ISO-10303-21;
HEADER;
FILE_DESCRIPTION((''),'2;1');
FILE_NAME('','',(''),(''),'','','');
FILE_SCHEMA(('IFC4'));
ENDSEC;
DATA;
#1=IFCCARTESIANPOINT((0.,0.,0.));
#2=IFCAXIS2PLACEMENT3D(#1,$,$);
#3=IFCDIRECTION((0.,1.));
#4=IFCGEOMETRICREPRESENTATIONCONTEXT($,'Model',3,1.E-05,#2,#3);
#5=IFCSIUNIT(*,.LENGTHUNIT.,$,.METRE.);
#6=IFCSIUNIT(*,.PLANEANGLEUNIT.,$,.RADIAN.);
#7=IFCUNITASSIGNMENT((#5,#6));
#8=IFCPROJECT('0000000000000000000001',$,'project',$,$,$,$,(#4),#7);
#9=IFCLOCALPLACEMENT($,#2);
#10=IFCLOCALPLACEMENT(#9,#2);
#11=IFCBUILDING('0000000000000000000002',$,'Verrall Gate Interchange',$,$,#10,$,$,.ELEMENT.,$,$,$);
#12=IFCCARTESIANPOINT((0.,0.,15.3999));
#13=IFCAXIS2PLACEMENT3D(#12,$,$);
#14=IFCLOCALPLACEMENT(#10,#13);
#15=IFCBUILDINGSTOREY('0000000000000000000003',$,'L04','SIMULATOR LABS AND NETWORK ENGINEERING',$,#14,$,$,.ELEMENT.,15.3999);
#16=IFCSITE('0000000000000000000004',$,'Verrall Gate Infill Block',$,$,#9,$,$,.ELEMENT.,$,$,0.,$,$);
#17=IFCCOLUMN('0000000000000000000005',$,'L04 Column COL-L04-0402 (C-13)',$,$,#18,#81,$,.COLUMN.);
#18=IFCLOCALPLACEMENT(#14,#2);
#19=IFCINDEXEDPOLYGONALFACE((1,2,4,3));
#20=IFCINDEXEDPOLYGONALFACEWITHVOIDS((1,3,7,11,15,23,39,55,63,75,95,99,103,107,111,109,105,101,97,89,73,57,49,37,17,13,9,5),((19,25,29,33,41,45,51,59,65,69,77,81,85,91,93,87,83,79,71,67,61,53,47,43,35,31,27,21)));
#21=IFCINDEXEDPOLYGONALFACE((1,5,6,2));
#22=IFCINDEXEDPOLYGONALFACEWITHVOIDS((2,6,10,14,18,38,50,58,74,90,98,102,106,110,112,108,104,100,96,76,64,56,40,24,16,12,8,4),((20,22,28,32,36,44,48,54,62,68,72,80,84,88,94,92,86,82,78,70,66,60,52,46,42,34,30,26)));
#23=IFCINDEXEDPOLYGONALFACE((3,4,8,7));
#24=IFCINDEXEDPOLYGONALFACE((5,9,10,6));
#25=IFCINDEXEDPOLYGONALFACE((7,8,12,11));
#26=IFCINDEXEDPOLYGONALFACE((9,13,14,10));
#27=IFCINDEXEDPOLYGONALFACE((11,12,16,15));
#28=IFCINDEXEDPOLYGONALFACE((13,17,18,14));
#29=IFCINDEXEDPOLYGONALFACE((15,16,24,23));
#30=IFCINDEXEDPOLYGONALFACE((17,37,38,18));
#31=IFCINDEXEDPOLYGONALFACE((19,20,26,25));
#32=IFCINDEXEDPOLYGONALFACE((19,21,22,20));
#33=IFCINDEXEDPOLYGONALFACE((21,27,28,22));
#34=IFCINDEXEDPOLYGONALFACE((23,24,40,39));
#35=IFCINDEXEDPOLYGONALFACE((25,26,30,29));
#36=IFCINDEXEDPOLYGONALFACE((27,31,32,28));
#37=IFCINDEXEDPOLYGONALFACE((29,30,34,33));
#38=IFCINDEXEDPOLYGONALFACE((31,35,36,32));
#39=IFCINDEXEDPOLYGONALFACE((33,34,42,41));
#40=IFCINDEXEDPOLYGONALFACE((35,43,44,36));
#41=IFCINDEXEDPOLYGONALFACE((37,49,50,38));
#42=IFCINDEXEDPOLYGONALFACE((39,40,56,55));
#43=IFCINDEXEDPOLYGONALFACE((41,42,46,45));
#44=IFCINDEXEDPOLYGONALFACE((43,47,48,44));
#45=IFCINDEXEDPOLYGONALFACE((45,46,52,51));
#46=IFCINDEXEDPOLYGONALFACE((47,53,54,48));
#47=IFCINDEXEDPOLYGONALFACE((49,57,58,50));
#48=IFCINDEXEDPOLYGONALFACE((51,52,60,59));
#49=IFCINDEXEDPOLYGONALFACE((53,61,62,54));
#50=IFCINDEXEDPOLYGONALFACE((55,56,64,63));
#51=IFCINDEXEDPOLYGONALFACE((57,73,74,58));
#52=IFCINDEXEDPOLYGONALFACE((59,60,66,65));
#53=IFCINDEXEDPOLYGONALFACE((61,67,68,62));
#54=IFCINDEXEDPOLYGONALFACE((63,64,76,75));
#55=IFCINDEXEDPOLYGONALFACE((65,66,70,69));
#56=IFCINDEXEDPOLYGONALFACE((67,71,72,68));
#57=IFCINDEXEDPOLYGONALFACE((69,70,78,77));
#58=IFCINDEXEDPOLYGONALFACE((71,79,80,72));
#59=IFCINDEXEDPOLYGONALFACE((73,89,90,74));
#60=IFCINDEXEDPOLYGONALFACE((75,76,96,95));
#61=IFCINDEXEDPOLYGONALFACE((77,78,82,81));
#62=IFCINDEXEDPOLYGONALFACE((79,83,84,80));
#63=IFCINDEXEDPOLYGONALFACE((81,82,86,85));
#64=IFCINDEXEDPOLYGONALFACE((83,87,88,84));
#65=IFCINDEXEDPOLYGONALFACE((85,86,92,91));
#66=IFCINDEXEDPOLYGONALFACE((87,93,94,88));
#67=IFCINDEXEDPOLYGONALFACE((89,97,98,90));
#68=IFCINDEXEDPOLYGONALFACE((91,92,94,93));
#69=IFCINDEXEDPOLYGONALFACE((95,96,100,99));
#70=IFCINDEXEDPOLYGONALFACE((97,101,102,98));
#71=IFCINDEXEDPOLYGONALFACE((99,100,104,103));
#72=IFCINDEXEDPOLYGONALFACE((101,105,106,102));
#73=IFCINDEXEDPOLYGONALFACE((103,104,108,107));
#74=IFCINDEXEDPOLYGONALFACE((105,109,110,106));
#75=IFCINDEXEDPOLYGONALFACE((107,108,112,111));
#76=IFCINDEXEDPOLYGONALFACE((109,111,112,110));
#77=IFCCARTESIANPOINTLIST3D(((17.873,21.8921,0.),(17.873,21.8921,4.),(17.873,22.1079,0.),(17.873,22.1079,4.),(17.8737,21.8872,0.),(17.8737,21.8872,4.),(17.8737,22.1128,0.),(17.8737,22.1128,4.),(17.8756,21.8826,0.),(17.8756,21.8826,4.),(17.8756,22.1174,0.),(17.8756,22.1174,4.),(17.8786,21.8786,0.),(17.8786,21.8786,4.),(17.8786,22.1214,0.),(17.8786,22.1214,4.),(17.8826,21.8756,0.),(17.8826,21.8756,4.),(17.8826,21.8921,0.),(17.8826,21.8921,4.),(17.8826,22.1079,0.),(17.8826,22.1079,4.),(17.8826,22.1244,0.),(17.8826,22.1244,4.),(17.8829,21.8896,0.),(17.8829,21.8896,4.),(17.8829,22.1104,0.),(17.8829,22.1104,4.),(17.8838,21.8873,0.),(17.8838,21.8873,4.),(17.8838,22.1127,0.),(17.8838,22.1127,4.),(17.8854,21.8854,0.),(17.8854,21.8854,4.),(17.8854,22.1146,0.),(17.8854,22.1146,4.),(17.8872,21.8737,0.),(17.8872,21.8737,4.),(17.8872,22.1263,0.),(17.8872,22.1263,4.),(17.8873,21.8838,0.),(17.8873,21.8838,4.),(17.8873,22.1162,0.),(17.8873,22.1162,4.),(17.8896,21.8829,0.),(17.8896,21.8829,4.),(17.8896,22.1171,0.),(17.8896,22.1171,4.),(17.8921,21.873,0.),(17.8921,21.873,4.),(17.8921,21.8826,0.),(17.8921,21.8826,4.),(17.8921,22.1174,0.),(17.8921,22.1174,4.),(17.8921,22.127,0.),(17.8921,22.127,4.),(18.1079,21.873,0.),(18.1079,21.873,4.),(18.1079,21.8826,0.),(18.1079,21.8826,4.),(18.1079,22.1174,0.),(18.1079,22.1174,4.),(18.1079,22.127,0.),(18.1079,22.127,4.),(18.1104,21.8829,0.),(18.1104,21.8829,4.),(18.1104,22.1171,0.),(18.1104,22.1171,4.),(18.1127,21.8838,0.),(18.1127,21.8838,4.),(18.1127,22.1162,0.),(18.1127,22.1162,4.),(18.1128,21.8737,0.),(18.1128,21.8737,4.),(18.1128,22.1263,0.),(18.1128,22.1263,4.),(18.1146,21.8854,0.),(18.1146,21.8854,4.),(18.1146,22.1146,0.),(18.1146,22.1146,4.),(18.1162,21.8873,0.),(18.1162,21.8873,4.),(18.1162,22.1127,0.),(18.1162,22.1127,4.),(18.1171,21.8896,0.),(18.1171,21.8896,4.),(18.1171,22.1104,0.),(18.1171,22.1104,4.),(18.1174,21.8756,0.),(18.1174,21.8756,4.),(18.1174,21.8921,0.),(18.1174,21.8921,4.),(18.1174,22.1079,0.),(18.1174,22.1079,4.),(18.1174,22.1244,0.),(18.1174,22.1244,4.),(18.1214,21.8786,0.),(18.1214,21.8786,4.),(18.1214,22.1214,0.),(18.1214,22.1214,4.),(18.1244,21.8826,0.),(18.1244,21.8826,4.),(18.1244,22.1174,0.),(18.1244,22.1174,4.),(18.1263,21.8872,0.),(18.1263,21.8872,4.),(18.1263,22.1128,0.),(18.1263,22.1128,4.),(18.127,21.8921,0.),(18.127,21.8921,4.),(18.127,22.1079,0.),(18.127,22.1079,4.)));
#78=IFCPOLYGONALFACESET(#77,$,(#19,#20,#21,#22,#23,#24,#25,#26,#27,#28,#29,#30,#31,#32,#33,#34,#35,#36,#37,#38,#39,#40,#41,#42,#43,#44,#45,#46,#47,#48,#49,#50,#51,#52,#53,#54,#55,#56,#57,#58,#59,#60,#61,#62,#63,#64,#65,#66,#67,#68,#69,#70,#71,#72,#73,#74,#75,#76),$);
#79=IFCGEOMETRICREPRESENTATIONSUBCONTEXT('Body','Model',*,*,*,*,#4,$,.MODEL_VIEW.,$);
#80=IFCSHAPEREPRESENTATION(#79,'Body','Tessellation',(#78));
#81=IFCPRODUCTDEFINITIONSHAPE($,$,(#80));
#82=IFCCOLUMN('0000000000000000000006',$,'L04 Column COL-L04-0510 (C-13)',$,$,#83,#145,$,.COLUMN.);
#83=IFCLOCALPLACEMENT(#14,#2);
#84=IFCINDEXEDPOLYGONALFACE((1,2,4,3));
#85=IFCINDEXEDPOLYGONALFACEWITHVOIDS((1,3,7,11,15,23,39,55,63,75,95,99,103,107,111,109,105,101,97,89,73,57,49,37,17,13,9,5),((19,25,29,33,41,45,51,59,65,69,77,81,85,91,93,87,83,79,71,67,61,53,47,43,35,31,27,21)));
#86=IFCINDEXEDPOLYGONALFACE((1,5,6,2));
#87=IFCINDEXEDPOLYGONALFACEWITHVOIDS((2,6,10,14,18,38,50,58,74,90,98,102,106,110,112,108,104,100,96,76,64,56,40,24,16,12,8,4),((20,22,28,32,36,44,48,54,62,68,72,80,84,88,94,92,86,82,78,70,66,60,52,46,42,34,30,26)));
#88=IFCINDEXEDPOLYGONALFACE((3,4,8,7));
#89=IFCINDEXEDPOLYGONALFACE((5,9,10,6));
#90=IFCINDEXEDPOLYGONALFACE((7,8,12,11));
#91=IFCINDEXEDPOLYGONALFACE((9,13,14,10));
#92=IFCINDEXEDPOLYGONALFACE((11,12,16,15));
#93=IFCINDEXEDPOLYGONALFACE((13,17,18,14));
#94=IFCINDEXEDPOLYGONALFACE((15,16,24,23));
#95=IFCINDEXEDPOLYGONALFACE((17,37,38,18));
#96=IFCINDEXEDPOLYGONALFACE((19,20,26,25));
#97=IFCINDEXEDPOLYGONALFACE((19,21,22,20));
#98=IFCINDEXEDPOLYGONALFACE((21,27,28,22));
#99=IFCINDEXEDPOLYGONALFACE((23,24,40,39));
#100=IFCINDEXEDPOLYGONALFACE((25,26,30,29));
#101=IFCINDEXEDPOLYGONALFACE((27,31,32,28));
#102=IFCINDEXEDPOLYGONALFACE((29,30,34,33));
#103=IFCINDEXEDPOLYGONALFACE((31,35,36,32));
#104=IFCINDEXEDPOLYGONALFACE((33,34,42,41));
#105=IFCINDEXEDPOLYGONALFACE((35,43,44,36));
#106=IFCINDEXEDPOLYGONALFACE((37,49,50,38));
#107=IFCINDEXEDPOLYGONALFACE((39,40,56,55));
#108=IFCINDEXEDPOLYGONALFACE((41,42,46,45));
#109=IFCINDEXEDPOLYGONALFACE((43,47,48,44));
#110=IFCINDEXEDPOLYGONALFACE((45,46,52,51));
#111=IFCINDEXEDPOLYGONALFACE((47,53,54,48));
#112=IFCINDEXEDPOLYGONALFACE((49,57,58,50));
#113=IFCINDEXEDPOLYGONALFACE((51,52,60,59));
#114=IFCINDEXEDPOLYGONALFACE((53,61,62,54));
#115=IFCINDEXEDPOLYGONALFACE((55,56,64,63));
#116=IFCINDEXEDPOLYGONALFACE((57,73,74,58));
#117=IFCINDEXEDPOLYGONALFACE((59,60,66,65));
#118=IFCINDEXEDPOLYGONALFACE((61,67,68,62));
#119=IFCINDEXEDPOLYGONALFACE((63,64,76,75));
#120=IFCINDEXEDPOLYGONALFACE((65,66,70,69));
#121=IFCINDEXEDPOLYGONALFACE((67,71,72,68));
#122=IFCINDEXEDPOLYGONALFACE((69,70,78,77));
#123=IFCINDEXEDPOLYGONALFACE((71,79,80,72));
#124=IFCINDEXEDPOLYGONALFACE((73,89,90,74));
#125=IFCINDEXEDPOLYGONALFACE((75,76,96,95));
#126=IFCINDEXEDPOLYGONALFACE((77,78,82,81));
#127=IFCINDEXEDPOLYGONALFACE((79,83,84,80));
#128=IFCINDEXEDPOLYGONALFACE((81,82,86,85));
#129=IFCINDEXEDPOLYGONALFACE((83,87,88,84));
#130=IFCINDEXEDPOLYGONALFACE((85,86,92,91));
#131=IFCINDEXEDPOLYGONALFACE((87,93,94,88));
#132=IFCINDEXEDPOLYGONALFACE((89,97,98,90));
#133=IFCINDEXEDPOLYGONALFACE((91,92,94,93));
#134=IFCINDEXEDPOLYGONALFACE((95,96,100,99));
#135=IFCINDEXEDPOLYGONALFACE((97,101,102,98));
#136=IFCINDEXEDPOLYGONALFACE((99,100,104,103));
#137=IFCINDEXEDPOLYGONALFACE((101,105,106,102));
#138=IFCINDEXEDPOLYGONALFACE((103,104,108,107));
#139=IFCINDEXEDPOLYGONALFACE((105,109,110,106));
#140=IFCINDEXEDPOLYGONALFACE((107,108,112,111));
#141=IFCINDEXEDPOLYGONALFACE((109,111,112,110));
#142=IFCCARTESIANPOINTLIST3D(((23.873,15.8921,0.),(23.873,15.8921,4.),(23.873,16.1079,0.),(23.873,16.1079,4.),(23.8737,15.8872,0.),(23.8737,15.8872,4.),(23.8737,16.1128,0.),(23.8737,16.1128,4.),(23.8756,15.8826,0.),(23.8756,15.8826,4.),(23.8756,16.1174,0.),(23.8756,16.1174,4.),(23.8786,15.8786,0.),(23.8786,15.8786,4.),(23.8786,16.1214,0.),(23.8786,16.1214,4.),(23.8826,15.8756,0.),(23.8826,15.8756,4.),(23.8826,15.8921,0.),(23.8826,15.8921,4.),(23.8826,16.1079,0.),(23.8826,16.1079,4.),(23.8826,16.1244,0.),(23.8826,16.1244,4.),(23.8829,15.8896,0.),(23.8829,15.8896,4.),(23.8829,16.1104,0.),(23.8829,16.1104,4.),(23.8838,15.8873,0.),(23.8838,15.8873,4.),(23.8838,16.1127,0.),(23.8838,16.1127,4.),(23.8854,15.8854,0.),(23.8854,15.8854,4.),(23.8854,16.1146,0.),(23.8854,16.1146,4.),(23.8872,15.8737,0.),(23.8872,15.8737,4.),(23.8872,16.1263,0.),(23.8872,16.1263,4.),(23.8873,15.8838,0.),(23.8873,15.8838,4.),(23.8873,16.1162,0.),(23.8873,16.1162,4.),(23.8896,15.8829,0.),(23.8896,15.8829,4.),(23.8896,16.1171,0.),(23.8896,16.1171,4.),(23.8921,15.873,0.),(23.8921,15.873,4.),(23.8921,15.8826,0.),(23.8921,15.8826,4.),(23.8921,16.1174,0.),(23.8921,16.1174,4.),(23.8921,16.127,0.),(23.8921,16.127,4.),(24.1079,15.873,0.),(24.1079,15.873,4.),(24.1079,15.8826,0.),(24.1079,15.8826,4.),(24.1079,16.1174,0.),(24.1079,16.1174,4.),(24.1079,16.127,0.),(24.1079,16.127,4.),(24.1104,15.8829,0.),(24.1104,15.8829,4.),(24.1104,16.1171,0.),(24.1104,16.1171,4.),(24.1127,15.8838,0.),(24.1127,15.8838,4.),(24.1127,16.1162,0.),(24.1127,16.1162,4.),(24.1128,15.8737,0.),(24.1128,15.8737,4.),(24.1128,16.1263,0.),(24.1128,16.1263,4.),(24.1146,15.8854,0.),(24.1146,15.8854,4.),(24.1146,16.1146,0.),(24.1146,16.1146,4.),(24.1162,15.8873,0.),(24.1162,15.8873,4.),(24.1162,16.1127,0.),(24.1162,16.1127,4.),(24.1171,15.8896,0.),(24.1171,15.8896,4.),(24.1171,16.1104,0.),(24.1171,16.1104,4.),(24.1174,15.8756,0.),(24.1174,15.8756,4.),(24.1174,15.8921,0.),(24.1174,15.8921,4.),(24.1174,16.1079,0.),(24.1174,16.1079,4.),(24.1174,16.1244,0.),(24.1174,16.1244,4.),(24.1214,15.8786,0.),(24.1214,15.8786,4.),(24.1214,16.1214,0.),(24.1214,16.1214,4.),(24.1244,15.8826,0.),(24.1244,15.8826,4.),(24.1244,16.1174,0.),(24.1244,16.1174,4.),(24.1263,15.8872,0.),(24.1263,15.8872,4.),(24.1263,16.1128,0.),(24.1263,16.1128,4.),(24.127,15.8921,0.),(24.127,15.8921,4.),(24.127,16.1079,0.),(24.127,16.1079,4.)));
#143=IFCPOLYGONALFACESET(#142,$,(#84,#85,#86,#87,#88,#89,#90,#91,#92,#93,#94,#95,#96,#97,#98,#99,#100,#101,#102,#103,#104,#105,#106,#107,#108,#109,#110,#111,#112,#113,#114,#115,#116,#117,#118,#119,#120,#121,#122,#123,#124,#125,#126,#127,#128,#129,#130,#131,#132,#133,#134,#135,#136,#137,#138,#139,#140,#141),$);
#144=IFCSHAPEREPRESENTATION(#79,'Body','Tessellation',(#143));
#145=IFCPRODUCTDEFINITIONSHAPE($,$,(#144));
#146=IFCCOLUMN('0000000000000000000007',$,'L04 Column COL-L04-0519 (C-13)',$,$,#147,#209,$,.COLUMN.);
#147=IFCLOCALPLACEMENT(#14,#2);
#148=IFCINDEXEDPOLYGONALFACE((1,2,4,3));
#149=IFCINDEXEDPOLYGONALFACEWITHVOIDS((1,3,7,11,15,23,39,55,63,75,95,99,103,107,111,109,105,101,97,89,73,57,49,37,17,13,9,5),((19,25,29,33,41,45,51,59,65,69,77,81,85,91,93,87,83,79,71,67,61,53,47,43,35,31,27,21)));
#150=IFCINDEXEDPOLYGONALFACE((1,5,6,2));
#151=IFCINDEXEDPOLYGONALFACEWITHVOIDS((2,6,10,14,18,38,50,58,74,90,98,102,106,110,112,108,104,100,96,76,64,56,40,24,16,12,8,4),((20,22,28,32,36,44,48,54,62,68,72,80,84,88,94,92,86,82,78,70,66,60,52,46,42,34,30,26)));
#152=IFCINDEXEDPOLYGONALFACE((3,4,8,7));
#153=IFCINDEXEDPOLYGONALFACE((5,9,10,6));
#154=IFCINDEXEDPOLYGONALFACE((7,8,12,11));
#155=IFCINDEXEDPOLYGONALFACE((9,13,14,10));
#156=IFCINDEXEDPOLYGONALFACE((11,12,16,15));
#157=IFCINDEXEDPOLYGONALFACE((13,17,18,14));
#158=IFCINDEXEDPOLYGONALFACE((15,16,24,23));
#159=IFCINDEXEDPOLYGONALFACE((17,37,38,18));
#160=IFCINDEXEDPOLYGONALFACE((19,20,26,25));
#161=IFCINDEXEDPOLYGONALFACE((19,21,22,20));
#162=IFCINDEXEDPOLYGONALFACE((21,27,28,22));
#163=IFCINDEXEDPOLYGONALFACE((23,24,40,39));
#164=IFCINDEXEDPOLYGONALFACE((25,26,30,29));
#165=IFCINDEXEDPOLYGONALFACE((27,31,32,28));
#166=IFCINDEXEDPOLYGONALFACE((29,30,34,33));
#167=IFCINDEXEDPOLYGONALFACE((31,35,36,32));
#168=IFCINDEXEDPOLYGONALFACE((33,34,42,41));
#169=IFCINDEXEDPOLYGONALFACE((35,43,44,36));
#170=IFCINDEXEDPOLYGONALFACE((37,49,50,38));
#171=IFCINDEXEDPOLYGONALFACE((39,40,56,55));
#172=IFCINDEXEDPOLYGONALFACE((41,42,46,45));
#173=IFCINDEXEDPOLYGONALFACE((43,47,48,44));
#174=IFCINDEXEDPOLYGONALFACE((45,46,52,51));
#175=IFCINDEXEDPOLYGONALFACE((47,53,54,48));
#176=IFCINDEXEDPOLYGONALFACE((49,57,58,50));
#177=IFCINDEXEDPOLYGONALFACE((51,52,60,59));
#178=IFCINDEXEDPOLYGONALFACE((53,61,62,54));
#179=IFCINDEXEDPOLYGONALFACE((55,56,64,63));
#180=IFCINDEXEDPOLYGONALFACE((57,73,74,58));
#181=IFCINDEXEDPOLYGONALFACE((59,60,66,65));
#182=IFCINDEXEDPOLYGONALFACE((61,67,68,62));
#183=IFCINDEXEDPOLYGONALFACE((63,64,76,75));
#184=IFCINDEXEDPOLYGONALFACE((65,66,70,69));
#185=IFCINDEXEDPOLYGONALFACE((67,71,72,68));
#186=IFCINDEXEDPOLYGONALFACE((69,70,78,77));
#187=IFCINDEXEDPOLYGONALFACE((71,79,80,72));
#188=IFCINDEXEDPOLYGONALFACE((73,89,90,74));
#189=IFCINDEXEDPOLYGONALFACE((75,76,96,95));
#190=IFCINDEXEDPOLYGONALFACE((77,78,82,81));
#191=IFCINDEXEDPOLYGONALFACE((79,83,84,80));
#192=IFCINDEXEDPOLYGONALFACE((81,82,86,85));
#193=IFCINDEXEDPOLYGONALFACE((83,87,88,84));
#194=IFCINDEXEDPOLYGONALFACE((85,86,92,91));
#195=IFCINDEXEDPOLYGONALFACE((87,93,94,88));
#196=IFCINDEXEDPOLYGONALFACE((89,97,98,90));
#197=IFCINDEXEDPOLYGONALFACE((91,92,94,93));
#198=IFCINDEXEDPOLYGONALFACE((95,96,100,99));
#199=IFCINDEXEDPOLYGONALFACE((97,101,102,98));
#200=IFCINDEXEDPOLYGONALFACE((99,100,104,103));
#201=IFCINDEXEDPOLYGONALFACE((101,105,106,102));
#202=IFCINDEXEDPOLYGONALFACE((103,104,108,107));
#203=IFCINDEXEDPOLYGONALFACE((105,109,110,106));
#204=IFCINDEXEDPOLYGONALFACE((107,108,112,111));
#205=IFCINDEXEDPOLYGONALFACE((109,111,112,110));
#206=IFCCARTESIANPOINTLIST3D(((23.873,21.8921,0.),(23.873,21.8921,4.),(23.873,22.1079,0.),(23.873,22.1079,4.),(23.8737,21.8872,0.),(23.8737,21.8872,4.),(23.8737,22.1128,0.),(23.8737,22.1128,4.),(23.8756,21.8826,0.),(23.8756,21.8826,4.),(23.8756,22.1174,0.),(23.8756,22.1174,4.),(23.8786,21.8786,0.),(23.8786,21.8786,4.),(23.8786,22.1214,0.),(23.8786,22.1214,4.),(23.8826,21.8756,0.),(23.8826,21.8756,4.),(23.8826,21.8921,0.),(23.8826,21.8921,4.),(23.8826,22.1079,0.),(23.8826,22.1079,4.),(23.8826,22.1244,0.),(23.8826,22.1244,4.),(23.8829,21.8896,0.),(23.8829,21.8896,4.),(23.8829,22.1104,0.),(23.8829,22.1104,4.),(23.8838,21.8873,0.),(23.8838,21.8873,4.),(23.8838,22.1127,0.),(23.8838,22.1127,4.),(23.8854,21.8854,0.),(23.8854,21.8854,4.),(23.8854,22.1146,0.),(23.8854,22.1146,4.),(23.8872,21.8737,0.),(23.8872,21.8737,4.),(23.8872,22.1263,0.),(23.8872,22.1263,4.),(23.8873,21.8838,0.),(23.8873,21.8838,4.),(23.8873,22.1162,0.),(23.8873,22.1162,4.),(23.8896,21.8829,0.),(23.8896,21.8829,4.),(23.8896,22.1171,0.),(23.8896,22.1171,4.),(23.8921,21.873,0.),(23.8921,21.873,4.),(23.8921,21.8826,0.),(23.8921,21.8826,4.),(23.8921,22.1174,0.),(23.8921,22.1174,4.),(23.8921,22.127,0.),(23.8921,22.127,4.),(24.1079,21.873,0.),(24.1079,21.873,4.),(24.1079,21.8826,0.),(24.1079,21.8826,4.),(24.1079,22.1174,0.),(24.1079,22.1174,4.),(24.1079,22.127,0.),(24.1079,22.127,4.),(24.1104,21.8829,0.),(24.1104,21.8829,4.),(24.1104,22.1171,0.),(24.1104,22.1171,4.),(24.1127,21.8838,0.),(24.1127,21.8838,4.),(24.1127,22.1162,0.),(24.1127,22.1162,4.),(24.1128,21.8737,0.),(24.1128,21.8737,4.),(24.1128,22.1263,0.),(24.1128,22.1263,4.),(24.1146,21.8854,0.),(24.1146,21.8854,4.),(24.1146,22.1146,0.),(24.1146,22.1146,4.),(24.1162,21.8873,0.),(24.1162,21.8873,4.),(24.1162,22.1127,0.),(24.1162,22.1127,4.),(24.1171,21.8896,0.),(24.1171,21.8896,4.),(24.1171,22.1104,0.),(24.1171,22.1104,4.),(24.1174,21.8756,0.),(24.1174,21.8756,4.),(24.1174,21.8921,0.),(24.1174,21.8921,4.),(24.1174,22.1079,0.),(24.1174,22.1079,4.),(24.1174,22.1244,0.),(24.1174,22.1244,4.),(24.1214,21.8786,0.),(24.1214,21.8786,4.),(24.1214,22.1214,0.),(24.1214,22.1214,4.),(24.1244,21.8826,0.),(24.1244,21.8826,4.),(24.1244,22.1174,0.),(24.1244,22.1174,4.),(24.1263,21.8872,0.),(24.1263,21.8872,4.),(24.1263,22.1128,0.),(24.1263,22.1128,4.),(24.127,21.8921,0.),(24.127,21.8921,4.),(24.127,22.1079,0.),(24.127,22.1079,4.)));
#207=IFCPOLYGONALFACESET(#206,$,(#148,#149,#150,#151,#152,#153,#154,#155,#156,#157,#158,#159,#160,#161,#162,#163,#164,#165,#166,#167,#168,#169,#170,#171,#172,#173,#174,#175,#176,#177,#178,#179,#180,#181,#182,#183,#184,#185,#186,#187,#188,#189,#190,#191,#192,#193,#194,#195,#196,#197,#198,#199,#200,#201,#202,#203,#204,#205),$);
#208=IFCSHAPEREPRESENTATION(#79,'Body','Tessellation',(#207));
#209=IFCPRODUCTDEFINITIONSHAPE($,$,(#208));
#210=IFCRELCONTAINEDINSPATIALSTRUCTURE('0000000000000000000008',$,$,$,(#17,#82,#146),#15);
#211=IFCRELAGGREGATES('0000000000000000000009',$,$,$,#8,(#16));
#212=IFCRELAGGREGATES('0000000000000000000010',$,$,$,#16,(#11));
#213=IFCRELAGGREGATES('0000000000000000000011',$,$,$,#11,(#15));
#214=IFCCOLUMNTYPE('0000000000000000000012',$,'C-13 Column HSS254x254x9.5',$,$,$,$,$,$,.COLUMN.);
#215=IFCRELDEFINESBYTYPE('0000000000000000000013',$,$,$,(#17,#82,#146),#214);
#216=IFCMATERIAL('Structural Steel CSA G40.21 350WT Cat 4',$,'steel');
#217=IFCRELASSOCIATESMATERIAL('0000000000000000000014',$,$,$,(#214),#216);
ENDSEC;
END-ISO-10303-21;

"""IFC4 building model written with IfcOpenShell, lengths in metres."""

from ifc_helpers import new_model, si_unit, direction, frame, origin, origin_2d, place, context, subcontext, project, spatial, hollow_rectangle, extrude, material, material_profile, profile_set, type_object, element, save


model = new_model("IFC4")

# Units and contexts
model_context = context("Model", 3, precision=1e-05, world=origin(), true_north=direction((0.0, 1.0)))
body_context = subcontext(model_context, "Body", "Model", "MODEL_VIEW")
ifc_project = project(units=[si_unit("LENGTHUNIT", "METRE"), si_unit("PLANEANGLEUNIT", "RADIAN")], contexts=[model_context])

# Site, building, storey
site_placement = place(None, origin())
site = spatial("IfcSite", under=ifc_project, at=site_placement, Name="Verrall Gate Infill Block", CompositionType="ELEMENT", RefElevation=0.0)
building_placement = place(site_placement, origin())
building = spatial("IfcBuilding", under=site, at=building_placement, Name="Verrall Gate Interchange", CompositionType="ELEMENT")
storey_placement = place(building_placement, frame((0.0, 0.0, 15.3999)))
storey = spatial("IfcBuildingStorey", under=building, at=storey_placement, Name="L04", Description="SIMULATOR LABS AND NETWORK ENGINEERING", CompositionType="ELEMENT", Elevation=15.3999)

# Columns
ifc_material_1 = material(Name="Structural Steel CSA G40.21 350WT Cat 4", Category="steel")
ifc_material_profile_1 = material_profile(ifc_material_1, hollow_rectangle(XDim=0.2539, YDim=0.2539, WallThickness=0.0095, InnerFilletRadius=0.0095, OuterFilletRadius=0.019, at=origin_2d()), Name="HSS254x254x9.5")
ifc_profile_set_1 = profile_set([ifc_material_profile_1], Name="Structural Steel CSA G40.21 350WT Cat 4")
column_type = type_object("IfcColumnType", Name="C-13 Column HSS254x254x9.5", PredefinedType="COLUMN", material=ifc_profile_set_1)
for number, where, z_axis, x_axis, name in (
    (1, (18.0, 22.0, 0.0), (0.0, 0.0, 1.0), (1.0, 0.0, 0.0), "L04 Column COL-L04-0402 (C-13)"),
    (2, (24.0, 16.0, 0.0), (0.0, 0.0, 1.0), (1.0, 0.0, 0.0), "L04 Column COL-L04-0510 (C-13)"),
    (3, (24.0, 22.0, 0.0), (0.0, 0.0, 1.0), (1.0, 0.0, 0.0), "L04 Column COL-L04-0519 (C-13)"),
):
    element("IfcColumn", number, at=place(storey_placement, frame(where, z_axis=z_axis, x_axis=x_axis)), inside=storey, type_object=column_type, Name=name, PredefinedType="COLUMN", context=body_context, shape_type="SweptSolid", body=[
        extrude(hollow_rectangle(XDim=0.2539, YDim=0.2539, WallThickness=0.0095, InnerFilletRadius=0.0095, OuterFilletRadius=0.019, at=origin_2d()), origin(), (0.0, 0.0, 1.0), 4.0),
    ])

save(model, "model.ifc")
